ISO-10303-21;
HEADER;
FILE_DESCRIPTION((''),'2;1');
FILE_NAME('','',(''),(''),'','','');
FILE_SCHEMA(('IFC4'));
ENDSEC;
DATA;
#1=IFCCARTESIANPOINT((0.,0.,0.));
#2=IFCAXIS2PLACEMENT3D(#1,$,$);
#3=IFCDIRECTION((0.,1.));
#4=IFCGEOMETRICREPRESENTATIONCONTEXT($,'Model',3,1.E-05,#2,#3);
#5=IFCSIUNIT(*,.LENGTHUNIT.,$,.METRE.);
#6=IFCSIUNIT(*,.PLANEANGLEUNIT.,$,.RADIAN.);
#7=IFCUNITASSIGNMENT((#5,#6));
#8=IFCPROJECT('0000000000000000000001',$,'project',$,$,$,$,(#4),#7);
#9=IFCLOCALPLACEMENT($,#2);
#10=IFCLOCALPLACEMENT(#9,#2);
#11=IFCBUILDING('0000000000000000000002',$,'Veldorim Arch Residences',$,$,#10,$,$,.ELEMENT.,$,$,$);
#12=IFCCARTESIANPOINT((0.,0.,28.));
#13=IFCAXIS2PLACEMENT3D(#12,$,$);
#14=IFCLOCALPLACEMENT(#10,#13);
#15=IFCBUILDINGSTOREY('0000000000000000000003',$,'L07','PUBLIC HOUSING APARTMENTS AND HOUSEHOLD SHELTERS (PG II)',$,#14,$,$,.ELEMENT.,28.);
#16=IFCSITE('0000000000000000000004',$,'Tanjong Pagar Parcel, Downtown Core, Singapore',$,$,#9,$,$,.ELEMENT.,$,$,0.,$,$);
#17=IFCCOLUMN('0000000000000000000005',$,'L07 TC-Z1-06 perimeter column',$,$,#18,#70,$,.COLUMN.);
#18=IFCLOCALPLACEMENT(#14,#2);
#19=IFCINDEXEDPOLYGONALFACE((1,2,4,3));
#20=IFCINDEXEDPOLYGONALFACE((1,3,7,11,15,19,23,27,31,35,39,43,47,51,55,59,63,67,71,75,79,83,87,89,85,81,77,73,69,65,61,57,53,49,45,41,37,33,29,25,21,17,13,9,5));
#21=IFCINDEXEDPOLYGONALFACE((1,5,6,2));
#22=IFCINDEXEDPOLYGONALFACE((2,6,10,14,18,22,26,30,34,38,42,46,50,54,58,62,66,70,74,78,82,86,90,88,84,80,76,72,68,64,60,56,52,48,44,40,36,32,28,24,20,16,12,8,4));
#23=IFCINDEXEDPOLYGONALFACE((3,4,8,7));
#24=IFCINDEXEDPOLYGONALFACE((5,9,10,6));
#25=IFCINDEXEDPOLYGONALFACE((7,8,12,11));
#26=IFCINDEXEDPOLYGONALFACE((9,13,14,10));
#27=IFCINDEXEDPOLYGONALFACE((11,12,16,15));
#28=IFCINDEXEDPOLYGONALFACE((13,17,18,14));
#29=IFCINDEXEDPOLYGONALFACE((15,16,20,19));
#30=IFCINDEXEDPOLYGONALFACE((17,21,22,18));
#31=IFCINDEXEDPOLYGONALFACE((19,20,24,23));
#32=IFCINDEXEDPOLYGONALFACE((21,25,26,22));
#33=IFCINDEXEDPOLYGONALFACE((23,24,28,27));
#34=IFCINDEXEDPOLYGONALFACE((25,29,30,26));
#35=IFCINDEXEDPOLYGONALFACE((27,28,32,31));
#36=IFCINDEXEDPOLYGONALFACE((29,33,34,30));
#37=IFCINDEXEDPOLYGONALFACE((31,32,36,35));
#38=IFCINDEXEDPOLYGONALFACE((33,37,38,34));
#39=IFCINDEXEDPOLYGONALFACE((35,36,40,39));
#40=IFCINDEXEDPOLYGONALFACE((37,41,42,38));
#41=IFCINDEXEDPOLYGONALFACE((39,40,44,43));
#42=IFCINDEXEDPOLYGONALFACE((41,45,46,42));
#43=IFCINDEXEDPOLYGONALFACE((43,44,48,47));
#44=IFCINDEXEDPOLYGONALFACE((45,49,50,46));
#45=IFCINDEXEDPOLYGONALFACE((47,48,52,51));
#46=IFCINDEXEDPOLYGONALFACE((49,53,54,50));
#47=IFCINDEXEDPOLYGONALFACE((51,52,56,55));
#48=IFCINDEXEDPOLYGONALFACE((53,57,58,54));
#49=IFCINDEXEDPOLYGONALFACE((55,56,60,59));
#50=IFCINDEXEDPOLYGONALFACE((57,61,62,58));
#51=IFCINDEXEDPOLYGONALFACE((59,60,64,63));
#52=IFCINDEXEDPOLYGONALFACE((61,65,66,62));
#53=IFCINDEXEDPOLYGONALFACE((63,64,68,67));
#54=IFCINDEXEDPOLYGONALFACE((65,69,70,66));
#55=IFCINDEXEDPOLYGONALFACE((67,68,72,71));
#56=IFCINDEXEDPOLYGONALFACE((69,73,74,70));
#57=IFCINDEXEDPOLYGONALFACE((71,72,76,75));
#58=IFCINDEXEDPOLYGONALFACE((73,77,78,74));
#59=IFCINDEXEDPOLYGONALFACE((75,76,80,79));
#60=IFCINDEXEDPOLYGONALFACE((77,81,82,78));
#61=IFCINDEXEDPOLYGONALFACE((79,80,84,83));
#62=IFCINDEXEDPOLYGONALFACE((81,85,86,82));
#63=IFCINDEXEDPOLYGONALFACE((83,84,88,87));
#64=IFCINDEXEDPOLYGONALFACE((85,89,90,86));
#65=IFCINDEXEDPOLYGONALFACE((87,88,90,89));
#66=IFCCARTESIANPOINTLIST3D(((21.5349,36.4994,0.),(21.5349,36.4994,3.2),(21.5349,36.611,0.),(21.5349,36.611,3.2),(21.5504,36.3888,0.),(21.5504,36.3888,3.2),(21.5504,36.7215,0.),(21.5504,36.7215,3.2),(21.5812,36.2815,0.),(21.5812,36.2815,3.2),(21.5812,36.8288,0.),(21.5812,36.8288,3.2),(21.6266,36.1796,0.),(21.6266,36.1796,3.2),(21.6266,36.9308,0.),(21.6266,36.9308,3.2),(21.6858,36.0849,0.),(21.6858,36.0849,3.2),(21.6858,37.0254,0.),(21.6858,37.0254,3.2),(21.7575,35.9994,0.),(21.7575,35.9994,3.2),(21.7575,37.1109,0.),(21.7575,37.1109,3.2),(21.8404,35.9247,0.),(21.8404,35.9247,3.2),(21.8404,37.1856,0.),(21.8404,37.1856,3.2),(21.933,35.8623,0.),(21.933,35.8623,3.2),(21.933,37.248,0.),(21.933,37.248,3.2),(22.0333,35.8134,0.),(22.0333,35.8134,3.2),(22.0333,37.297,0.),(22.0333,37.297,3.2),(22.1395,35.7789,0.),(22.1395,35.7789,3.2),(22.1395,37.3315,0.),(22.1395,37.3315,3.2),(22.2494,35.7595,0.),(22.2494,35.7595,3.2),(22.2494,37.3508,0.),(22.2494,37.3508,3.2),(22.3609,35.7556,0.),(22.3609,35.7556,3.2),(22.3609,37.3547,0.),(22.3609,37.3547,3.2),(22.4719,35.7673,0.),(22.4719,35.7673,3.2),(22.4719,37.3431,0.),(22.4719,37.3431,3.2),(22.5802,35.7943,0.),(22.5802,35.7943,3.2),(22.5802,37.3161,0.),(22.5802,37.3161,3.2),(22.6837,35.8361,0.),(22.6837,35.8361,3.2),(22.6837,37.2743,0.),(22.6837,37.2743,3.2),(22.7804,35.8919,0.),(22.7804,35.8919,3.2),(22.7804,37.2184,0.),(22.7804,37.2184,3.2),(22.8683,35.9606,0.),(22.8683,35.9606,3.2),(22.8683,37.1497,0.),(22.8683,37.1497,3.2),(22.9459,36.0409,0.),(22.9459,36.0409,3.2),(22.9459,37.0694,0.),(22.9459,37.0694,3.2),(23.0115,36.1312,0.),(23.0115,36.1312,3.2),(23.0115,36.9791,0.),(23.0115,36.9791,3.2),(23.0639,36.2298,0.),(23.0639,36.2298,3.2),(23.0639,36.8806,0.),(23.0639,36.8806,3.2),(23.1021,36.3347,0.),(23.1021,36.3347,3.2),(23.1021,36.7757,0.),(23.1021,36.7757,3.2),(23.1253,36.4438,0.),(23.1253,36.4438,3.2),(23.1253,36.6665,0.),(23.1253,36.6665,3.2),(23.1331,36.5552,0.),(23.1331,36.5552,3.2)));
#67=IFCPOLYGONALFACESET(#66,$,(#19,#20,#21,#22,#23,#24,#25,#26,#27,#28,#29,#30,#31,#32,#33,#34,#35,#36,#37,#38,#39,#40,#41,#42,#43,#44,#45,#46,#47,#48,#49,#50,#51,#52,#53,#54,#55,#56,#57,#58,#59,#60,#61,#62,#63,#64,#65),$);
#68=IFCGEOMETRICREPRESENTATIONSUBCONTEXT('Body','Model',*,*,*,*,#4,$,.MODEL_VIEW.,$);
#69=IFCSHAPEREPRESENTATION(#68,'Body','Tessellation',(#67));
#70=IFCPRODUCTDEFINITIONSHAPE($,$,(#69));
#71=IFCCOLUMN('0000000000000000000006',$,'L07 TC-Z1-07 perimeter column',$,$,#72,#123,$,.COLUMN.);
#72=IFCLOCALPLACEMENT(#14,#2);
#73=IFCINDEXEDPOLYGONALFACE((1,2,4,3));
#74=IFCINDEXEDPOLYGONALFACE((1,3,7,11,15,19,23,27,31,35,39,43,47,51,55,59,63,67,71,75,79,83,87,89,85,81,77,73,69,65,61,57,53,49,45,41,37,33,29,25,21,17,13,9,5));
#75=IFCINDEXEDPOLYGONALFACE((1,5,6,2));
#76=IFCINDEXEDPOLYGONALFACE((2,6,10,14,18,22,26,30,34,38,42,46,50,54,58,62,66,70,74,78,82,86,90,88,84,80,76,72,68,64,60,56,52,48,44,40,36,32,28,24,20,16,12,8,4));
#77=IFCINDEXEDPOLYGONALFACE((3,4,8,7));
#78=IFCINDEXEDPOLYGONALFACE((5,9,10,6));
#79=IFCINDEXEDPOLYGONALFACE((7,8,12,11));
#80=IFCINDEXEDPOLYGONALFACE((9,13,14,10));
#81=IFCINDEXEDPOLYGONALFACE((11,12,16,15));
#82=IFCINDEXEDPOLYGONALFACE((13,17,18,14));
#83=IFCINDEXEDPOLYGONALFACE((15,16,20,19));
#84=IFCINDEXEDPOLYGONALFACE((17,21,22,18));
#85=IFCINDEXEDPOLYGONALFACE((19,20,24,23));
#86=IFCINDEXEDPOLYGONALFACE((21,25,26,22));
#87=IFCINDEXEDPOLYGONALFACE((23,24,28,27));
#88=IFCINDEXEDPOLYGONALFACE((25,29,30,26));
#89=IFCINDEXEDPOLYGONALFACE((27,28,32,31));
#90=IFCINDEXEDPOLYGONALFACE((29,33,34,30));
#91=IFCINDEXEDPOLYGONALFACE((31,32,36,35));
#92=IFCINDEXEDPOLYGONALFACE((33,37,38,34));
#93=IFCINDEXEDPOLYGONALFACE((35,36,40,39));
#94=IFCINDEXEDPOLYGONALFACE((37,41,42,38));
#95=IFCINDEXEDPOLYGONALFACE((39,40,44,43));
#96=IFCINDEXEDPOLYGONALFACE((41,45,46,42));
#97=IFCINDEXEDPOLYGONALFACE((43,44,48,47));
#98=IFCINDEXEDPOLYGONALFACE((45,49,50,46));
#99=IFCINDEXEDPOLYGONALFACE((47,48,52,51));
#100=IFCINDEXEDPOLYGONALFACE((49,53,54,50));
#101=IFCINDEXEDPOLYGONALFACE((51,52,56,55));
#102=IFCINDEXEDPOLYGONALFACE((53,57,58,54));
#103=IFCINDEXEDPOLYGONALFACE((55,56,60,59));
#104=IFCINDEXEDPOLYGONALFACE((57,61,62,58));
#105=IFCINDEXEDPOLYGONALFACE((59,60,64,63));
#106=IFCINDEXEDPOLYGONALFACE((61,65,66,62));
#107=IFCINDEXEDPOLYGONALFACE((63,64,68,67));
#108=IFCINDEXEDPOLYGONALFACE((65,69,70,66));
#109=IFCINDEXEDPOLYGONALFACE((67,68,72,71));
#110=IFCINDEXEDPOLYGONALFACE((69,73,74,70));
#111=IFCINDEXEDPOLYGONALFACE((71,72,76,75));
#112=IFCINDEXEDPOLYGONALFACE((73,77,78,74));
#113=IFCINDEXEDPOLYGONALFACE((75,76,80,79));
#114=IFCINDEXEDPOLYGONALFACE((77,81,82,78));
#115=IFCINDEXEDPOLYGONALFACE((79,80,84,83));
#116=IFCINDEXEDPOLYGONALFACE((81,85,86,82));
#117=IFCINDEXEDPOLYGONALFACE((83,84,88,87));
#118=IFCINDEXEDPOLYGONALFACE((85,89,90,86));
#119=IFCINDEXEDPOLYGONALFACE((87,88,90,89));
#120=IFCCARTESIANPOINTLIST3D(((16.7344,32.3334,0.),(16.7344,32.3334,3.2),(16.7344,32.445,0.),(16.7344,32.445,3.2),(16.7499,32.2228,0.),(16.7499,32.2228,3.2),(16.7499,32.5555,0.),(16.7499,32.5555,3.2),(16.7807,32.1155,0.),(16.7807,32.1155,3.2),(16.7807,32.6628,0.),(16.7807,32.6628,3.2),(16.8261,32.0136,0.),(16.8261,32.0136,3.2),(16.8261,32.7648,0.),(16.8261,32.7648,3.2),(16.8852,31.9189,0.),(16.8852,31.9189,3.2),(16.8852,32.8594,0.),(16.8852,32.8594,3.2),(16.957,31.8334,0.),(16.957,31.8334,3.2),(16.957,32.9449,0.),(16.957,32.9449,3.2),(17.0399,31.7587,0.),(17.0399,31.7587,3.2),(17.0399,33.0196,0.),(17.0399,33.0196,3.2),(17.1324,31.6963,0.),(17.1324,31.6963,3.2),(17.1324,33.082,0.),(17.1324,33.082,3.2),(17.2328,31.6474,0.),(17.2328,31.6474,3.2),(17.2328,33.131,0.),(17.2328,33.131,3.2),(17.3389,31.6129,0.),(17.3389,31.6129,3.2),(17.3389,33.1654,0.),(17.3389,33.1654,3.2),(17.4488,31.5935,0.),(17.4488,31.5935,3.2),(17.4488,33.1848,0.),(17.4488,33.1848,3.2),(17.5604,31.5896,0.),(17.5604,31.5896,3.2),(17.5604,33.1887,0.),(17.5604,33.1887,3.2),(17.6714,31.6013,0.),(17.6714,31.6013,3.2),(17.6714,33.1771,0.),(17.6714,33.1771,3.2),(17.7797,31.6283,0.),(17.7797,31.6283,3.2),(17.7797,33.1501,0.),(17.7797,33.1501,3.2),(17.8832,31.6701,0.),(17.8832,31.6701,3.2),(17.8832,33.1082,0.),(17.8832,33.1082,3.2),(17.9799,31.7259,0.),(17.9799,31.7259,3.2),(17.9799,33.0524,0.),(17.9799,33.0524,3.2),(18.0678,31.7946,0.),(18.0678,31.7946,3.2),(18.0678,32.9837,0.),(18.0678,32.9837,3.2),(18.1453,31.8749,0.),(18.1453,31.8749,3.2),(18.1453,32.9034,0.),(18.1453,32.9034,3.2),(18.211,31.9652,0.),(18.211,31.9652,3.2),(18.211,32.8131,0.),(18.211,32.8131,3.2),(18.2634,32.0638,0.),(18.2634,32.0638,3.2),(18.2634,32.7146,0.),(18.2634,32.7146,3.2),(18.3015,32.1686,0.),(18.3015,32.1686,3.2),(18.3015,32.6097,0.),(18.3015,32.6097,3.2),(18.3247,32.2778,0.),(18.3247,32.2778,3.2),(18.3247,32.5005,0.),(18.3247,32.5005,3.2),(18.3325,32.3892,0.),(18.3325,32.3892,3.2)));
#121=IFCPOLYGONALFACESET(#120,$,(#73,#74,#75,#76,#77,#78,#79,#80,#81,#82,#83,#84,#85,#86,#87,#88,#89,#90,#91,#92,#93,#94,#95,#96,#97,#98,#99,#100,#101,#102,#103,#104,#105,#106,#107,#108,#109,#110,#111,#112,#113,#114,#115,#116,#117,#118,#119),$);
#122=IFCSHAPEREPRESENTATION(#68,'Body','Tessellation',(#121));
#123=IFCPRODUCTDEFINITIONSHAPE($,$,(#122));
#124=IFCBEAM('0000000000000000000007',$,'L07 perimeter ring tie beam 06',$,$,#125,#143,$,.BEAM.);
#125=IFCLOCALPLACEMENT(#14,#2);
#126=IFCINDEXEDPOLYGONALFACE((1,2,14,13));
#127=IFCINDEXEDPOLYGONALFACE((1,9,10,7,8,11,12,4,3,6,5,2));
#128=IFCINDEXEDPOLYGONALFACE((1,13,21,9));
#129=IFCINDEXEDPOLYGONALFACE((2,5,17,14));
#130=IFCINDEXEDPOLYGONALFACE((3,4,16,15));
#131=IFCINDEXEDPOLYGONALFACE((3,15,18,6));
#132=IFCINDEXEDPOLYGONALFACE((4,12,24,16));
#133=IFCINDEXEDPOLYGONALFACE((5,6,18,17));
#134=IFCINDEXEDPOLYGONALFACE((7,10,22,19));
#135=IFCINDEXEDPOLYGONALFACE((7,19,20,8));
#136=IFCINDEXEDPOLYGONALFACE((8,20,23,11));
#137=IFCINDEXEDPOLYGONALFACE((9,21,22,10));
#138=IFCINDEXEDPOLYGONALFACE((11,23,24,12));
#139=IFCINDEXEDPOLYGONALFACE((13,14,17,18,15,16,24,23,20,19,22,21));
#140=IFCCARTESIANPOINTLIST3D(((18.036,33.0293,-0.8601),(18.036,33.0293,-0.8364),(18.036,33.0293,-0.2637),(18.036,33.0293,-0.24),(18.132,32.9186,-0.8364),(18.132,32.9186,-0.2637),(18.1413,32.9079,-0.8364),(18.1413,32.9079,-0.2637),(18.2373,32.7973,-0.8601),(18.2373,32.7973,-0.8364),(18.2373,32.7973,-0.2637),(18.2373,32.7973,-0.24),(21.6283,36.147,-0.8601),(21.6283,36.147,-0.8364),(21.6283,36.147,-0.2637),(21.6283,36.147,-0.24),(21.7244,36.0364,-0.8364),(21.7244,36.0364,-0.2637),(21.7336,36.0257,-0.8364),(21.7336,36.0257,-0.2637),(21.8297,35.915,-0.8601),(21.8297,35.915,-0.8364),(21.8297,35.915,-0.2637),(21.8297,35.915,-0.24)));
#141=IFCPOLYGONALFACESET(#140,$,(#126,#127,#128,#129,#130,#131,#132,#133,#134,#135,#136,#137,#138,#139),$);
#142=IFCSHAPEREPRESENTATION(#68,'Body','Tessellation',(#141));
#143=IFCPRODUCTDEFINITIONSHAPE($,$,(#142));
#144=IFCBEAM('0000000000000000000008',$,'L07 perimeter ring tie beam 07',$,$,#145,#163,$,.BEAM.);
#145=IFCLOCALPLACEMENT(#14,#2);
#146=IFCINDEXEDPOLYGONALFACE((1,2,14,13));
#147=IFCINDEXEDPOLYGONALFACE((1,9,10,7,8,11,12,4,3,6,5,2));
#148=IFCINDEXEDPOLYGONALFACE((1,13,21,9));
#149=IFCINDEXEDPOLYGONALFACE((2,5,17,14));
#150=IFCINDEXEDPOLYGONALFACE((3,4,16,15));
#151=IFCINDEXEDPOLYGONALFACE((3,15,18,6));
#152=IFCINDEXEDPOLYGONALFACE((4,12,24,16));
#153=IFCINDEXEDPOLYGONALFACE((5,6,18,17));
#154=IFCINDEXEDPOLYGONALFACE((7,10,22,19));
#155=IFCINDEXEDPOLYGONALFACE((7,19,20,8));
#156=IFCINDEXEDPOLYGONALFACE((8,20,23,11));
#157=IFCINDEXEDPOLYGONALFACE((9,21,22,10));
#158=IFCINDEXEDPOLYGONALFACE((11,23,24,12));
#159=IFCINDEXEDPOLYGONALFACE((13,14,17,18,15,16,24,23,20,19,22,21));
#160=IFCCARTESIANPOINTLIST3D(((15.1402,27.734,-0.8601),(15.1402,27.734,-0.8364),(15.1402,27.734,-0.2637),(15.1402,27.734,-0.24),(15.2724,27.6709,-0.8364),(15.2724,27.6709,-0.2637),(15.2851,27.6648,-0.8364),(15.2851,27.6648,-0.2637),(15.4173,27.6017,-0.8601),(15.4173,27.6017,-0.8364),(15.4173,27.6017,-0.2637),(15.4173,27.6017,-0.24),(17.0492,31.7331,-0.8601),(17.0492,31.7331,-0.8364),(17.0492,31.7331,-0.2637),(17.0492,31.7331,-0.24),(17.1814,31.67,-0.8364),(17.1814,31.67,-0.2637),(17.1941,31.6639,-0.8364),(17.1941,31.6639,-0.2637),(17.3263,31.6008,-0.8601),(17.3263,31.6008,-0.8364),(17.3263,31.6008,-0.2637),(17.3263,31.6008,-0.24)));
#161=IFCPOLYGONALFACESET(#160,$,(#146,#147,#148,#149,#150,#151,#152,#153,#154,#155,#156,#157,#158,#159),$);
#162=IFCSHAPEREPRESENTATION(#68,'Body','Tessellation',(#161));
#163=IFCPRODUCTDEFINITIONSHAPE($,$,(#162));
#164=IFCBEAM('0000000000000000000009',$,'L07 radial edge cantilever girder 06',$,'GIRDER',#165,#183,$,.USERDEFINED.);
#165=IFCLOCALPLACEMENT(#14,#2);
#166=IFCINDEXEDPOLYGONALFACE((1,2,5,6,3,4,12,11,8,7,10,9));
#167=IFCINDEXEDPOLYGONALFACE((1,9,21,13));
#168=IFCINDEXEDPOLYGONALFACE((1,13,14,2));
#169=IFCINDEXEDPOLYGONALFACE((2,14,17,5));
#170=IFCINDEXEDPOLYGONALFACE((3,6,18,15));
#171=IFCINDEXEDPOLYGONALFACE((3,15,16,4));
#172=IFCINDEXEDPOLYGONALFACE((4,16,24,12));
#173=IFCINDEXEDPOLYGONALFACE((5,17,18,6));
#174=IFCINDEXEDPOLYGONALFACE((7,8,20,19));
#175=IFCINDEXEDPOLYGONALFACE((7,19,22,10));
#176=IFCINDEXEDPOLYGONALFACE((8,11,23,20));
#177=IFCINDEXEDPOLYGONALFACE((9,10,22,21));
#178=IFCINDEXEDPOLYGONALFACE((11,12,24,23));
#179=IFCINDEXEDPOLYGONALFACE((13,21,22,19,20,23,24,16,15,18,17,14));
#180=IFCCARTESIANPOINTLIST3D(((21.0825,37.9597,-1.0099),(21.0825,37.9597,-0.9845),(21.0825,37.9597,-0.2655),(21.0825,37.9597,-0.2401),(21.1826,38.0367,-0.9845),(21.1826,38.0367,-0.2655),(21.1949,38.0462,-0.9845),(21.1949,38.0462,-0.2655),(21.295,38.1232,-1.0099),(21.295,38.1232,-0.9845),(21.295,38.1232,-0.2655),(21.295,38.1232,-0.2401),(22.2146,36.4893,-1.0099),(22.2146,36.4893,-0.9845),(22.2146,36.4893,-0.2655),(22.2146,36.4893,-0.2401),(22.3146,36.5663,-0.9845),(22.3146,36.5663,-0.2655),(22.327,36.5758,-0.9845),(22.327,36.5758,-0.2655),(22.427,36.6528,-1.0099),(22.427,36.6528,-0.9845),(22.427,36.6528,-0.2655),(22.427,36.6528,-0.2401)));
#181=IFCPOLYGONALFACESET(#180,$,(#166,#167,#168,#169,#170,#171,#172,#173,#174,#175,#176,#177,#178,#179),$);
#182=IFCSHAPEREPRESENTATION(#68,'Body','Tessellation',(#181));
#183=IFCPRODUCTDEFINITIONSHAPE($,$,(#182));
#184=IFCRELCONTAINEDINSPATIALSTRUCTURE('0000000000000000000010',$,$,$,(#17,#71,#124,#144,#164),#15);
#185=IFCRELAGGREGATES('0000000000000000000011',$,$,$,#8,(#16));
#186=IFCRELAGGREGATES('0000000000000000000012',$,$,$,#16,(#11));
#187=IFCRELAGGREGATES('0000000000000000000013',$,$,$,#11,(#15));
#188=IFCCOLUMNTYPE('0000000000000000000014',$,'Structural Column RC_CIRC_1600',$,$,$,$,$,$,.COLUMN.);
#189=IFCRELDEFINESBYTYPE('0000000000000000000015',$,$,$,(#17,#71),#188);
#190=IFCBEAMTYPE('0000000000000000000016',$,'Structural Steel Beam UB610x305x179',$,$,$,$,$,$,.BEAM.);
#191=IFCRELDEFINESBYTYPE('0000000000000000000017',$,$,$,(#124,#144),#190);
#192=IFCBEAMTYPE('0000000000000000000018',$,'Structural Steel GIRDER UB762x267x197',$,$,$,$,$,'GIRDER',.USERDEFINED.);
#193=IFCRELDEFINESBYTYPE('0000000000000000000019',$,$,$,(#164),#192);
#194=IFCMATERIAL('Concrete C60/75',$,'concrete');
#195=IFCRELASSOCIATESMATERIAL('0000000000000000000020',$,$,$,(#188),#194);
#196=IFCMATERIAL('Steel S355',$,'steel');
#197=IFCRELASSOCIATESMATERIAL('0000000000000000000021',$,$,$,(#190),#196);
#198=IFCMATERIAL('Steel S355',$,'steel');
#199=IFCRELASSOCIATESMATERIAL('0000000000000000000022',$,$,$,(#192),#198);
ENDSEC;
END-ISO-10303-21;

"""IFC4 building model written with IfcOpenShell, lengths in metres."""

from ifc_helpers import new_model, si_unit, direction, frame, origin, origin_2d, place, context, subcontext, project, spatial, circle, i_section, extrude, material, material_profile, profile_set, type_object, element, save


model = new_model("IFC4")

# Units and contexts
model_context = context("Model", 3, precision=1e-05, world=origin(), true_north=direction((0.0, 1.0)))
body_context = subcontext(model_context, "Body", "Model", "MODEL_VIEW")
ifc_project = project(units=[si_unit("LENGTHUNIT", "METRE"), si_unit("PLANEANGLEUNIT", "RADIAN")], contexts=[model_context])

# Site, building, storey
site_placement = place(None, origin())
site = spatial("IfcSite", under=ifc_project, at=site_placement, Name="Tanjong Pagar Parcel, Downtown Core, Singapore", CompositionType="ELEMENT", RefElevation=0.0)
building_placement = place(site_placement, origin())
building = spatial("IfcBuilding", under=site, at=building_placement, Name="Veldorim Arch Residences", CompositionType="ELEMENT")
storey_placement = place(building_placement, frame((0.0, 0.0, 28.0)))
storey = spatial("IfcBuildingStorey", under=building, at=storey_placement, Name="L07", Description="PUBLIC HOUSING APARTMENTS AND HOUSEHOLD SHELTERS (PG II)", CompositionType="ELEMENT", Elevation=28.0)

# Columns
ifc_material_1 = material(Name="Concrete C60/75", Category="concrete")
ifc_material_profile_1 = material_profile(ifc_material_1, circle(Radius=0.8, at=origin_2d()), Name="RC_CIRC_1600")
ifc_profile_set_1 = profile_set([ifc_material_profile_1], Name="Concrete C60/75")
column_type = type_object("IfcColumnType", Name="Structural Column RC_CIRC_1600", PredefinedType="COLUMN", material=ifc_profile_set_1)
for number, where, z_axis, x_axis, name in (
    (1, (22.333, 36.5552, 0.0), (0.0, 0.0, 1.0), (1.0, 0.0, 0.0), "L07 TC-Z1-06 perimeter column"),
    (2, (17.5325, 32.3892, 0.0), (0.0, 0.0, 1.0), (1.0, 0.0, 0.0), "L07 TC-Z1-07 perimeter column"),
):
    element("IfcColumn", number, at=place(storey_placement, frame(where, z_axis=z_axis, x_axis=x_axis)), inside=storey, type_object=column_type, Name=name, PredefinedType="COLUMN", context=body_context, shape_type="SweptSolid", body=[
        extrude(circle(Radius=0.8, at=origin_2d()), origin(), (0.0, 0.0, 1.0), 3.2),
    ])

# Beams
ifc_material_2 = material(Name="Steel S355", Category="steel")
ifc_material_profile_2 = material_profile(ifc_material_2, i_section(OverallWidth=0.3071, OverallDepth=0.6201, WebThickness=0.0142, FlangeThickness=0.0237, at=origin_2d()), Name="UB610x305x179")
ifc_profile_set_2 = profile_set([ifc_material_profile_2], Name="Steel S355")
beam_type_1 = type_object("IfcBeamType", Name="Structural Steel Beam UB610x305x179", PredefinedType="BEAM", material=ifc_profile_set_2)
beam_1_placement = place(storey_placement, frame((21.729, 36.031, -0.55), z_axis=(-0.755235, -0.655454, 0.0), x_axis=(0.655454, -0.755235, 0.0)))
element("IfcBeam", 3, at=beam_1_placement, inside=storey, type_object=beam_type_1, Name="L07 perimeter ring tie beam 06", PredefinedType="BEAM", context=body_context, shape_type="SweptSolid", body=[
    extrude(i_section(OverallWidth=0.3071, OverallDepth=0.6201, WebThickness=0.0142, FlangeThickness=0.0237, at=origin_2d()), origin(), (0.0, 0.0, 1.0), 4.7566),
])
beam_2_placement = place(storey_placement, frame((17.1877, 31.667, -0.55), z_axis=(-0.430787, -0.902454, 0.0), x_axis=(0.902454, -0.430787, 0.0)))
element("IfcBeam", 4, at=beam_2_placement, inside=storey, type_object=beam_type_1, Name="L07 perimeter ring tie beam 07", PredefinedType="BEAM", context=body_context, shape_type="SweptSolid", body=[
    extrude(i_section(OverallWidth=0.3071, OverallDepth=0.6201, WebThickness=0.0142, FlangeThickness=0.0237, at=origin_2d()), origin(), (0.0, 0.0, 1.0), 4.4314),
])
ifc_material_3 = material(Name="Steel S355", Category="steel")
ifc_material_profile_3 = material_profile(ifc_material_3, i_section(OverallWidth=0.2681, OverallDepth=0.7698, WebThickness=0.0156, FlangeThickness=0.0254, at=origin_2d()), Name="UB762x267x197")
ifc_profile_set_3 = profile_set([ifc_material_profile_3], Name="Steel S355")
beam_type_2 = type_object("IfcBeamType", Name="Structural Steel GIRDER UB762x267x197", ElementType="GIRDER", PredefinedType="USERDEFINED", material=ifc_profile_set_3)
beam_3_placement = place(storey_placement, frame((22.3208, 36.571, -0.625), z_axis=(-0.610035, 0.792375, 0.0), x_axis=(-0.792375, -0.610035, 0.0)))
element("IfcBeam", 5, at=beam_3_placement, inside=storey, type_object=beam_type_2, Name="L07 radial edge cantilever girder 06", ObjectType="GIRDER", PredefinedType="USERDEFINED", context=body_context, shape_type="SweptSolid", body=[
    extrude(i_section(OverallWidth=0.2681, OverallDepth=0.7698, WebThickness=0.0156, FlangeThickness=0.0254, at=origin_2d()), origin(), (0.0, 0.0, 1.0), 1.8557),
])

save(model, "model.ifc")
